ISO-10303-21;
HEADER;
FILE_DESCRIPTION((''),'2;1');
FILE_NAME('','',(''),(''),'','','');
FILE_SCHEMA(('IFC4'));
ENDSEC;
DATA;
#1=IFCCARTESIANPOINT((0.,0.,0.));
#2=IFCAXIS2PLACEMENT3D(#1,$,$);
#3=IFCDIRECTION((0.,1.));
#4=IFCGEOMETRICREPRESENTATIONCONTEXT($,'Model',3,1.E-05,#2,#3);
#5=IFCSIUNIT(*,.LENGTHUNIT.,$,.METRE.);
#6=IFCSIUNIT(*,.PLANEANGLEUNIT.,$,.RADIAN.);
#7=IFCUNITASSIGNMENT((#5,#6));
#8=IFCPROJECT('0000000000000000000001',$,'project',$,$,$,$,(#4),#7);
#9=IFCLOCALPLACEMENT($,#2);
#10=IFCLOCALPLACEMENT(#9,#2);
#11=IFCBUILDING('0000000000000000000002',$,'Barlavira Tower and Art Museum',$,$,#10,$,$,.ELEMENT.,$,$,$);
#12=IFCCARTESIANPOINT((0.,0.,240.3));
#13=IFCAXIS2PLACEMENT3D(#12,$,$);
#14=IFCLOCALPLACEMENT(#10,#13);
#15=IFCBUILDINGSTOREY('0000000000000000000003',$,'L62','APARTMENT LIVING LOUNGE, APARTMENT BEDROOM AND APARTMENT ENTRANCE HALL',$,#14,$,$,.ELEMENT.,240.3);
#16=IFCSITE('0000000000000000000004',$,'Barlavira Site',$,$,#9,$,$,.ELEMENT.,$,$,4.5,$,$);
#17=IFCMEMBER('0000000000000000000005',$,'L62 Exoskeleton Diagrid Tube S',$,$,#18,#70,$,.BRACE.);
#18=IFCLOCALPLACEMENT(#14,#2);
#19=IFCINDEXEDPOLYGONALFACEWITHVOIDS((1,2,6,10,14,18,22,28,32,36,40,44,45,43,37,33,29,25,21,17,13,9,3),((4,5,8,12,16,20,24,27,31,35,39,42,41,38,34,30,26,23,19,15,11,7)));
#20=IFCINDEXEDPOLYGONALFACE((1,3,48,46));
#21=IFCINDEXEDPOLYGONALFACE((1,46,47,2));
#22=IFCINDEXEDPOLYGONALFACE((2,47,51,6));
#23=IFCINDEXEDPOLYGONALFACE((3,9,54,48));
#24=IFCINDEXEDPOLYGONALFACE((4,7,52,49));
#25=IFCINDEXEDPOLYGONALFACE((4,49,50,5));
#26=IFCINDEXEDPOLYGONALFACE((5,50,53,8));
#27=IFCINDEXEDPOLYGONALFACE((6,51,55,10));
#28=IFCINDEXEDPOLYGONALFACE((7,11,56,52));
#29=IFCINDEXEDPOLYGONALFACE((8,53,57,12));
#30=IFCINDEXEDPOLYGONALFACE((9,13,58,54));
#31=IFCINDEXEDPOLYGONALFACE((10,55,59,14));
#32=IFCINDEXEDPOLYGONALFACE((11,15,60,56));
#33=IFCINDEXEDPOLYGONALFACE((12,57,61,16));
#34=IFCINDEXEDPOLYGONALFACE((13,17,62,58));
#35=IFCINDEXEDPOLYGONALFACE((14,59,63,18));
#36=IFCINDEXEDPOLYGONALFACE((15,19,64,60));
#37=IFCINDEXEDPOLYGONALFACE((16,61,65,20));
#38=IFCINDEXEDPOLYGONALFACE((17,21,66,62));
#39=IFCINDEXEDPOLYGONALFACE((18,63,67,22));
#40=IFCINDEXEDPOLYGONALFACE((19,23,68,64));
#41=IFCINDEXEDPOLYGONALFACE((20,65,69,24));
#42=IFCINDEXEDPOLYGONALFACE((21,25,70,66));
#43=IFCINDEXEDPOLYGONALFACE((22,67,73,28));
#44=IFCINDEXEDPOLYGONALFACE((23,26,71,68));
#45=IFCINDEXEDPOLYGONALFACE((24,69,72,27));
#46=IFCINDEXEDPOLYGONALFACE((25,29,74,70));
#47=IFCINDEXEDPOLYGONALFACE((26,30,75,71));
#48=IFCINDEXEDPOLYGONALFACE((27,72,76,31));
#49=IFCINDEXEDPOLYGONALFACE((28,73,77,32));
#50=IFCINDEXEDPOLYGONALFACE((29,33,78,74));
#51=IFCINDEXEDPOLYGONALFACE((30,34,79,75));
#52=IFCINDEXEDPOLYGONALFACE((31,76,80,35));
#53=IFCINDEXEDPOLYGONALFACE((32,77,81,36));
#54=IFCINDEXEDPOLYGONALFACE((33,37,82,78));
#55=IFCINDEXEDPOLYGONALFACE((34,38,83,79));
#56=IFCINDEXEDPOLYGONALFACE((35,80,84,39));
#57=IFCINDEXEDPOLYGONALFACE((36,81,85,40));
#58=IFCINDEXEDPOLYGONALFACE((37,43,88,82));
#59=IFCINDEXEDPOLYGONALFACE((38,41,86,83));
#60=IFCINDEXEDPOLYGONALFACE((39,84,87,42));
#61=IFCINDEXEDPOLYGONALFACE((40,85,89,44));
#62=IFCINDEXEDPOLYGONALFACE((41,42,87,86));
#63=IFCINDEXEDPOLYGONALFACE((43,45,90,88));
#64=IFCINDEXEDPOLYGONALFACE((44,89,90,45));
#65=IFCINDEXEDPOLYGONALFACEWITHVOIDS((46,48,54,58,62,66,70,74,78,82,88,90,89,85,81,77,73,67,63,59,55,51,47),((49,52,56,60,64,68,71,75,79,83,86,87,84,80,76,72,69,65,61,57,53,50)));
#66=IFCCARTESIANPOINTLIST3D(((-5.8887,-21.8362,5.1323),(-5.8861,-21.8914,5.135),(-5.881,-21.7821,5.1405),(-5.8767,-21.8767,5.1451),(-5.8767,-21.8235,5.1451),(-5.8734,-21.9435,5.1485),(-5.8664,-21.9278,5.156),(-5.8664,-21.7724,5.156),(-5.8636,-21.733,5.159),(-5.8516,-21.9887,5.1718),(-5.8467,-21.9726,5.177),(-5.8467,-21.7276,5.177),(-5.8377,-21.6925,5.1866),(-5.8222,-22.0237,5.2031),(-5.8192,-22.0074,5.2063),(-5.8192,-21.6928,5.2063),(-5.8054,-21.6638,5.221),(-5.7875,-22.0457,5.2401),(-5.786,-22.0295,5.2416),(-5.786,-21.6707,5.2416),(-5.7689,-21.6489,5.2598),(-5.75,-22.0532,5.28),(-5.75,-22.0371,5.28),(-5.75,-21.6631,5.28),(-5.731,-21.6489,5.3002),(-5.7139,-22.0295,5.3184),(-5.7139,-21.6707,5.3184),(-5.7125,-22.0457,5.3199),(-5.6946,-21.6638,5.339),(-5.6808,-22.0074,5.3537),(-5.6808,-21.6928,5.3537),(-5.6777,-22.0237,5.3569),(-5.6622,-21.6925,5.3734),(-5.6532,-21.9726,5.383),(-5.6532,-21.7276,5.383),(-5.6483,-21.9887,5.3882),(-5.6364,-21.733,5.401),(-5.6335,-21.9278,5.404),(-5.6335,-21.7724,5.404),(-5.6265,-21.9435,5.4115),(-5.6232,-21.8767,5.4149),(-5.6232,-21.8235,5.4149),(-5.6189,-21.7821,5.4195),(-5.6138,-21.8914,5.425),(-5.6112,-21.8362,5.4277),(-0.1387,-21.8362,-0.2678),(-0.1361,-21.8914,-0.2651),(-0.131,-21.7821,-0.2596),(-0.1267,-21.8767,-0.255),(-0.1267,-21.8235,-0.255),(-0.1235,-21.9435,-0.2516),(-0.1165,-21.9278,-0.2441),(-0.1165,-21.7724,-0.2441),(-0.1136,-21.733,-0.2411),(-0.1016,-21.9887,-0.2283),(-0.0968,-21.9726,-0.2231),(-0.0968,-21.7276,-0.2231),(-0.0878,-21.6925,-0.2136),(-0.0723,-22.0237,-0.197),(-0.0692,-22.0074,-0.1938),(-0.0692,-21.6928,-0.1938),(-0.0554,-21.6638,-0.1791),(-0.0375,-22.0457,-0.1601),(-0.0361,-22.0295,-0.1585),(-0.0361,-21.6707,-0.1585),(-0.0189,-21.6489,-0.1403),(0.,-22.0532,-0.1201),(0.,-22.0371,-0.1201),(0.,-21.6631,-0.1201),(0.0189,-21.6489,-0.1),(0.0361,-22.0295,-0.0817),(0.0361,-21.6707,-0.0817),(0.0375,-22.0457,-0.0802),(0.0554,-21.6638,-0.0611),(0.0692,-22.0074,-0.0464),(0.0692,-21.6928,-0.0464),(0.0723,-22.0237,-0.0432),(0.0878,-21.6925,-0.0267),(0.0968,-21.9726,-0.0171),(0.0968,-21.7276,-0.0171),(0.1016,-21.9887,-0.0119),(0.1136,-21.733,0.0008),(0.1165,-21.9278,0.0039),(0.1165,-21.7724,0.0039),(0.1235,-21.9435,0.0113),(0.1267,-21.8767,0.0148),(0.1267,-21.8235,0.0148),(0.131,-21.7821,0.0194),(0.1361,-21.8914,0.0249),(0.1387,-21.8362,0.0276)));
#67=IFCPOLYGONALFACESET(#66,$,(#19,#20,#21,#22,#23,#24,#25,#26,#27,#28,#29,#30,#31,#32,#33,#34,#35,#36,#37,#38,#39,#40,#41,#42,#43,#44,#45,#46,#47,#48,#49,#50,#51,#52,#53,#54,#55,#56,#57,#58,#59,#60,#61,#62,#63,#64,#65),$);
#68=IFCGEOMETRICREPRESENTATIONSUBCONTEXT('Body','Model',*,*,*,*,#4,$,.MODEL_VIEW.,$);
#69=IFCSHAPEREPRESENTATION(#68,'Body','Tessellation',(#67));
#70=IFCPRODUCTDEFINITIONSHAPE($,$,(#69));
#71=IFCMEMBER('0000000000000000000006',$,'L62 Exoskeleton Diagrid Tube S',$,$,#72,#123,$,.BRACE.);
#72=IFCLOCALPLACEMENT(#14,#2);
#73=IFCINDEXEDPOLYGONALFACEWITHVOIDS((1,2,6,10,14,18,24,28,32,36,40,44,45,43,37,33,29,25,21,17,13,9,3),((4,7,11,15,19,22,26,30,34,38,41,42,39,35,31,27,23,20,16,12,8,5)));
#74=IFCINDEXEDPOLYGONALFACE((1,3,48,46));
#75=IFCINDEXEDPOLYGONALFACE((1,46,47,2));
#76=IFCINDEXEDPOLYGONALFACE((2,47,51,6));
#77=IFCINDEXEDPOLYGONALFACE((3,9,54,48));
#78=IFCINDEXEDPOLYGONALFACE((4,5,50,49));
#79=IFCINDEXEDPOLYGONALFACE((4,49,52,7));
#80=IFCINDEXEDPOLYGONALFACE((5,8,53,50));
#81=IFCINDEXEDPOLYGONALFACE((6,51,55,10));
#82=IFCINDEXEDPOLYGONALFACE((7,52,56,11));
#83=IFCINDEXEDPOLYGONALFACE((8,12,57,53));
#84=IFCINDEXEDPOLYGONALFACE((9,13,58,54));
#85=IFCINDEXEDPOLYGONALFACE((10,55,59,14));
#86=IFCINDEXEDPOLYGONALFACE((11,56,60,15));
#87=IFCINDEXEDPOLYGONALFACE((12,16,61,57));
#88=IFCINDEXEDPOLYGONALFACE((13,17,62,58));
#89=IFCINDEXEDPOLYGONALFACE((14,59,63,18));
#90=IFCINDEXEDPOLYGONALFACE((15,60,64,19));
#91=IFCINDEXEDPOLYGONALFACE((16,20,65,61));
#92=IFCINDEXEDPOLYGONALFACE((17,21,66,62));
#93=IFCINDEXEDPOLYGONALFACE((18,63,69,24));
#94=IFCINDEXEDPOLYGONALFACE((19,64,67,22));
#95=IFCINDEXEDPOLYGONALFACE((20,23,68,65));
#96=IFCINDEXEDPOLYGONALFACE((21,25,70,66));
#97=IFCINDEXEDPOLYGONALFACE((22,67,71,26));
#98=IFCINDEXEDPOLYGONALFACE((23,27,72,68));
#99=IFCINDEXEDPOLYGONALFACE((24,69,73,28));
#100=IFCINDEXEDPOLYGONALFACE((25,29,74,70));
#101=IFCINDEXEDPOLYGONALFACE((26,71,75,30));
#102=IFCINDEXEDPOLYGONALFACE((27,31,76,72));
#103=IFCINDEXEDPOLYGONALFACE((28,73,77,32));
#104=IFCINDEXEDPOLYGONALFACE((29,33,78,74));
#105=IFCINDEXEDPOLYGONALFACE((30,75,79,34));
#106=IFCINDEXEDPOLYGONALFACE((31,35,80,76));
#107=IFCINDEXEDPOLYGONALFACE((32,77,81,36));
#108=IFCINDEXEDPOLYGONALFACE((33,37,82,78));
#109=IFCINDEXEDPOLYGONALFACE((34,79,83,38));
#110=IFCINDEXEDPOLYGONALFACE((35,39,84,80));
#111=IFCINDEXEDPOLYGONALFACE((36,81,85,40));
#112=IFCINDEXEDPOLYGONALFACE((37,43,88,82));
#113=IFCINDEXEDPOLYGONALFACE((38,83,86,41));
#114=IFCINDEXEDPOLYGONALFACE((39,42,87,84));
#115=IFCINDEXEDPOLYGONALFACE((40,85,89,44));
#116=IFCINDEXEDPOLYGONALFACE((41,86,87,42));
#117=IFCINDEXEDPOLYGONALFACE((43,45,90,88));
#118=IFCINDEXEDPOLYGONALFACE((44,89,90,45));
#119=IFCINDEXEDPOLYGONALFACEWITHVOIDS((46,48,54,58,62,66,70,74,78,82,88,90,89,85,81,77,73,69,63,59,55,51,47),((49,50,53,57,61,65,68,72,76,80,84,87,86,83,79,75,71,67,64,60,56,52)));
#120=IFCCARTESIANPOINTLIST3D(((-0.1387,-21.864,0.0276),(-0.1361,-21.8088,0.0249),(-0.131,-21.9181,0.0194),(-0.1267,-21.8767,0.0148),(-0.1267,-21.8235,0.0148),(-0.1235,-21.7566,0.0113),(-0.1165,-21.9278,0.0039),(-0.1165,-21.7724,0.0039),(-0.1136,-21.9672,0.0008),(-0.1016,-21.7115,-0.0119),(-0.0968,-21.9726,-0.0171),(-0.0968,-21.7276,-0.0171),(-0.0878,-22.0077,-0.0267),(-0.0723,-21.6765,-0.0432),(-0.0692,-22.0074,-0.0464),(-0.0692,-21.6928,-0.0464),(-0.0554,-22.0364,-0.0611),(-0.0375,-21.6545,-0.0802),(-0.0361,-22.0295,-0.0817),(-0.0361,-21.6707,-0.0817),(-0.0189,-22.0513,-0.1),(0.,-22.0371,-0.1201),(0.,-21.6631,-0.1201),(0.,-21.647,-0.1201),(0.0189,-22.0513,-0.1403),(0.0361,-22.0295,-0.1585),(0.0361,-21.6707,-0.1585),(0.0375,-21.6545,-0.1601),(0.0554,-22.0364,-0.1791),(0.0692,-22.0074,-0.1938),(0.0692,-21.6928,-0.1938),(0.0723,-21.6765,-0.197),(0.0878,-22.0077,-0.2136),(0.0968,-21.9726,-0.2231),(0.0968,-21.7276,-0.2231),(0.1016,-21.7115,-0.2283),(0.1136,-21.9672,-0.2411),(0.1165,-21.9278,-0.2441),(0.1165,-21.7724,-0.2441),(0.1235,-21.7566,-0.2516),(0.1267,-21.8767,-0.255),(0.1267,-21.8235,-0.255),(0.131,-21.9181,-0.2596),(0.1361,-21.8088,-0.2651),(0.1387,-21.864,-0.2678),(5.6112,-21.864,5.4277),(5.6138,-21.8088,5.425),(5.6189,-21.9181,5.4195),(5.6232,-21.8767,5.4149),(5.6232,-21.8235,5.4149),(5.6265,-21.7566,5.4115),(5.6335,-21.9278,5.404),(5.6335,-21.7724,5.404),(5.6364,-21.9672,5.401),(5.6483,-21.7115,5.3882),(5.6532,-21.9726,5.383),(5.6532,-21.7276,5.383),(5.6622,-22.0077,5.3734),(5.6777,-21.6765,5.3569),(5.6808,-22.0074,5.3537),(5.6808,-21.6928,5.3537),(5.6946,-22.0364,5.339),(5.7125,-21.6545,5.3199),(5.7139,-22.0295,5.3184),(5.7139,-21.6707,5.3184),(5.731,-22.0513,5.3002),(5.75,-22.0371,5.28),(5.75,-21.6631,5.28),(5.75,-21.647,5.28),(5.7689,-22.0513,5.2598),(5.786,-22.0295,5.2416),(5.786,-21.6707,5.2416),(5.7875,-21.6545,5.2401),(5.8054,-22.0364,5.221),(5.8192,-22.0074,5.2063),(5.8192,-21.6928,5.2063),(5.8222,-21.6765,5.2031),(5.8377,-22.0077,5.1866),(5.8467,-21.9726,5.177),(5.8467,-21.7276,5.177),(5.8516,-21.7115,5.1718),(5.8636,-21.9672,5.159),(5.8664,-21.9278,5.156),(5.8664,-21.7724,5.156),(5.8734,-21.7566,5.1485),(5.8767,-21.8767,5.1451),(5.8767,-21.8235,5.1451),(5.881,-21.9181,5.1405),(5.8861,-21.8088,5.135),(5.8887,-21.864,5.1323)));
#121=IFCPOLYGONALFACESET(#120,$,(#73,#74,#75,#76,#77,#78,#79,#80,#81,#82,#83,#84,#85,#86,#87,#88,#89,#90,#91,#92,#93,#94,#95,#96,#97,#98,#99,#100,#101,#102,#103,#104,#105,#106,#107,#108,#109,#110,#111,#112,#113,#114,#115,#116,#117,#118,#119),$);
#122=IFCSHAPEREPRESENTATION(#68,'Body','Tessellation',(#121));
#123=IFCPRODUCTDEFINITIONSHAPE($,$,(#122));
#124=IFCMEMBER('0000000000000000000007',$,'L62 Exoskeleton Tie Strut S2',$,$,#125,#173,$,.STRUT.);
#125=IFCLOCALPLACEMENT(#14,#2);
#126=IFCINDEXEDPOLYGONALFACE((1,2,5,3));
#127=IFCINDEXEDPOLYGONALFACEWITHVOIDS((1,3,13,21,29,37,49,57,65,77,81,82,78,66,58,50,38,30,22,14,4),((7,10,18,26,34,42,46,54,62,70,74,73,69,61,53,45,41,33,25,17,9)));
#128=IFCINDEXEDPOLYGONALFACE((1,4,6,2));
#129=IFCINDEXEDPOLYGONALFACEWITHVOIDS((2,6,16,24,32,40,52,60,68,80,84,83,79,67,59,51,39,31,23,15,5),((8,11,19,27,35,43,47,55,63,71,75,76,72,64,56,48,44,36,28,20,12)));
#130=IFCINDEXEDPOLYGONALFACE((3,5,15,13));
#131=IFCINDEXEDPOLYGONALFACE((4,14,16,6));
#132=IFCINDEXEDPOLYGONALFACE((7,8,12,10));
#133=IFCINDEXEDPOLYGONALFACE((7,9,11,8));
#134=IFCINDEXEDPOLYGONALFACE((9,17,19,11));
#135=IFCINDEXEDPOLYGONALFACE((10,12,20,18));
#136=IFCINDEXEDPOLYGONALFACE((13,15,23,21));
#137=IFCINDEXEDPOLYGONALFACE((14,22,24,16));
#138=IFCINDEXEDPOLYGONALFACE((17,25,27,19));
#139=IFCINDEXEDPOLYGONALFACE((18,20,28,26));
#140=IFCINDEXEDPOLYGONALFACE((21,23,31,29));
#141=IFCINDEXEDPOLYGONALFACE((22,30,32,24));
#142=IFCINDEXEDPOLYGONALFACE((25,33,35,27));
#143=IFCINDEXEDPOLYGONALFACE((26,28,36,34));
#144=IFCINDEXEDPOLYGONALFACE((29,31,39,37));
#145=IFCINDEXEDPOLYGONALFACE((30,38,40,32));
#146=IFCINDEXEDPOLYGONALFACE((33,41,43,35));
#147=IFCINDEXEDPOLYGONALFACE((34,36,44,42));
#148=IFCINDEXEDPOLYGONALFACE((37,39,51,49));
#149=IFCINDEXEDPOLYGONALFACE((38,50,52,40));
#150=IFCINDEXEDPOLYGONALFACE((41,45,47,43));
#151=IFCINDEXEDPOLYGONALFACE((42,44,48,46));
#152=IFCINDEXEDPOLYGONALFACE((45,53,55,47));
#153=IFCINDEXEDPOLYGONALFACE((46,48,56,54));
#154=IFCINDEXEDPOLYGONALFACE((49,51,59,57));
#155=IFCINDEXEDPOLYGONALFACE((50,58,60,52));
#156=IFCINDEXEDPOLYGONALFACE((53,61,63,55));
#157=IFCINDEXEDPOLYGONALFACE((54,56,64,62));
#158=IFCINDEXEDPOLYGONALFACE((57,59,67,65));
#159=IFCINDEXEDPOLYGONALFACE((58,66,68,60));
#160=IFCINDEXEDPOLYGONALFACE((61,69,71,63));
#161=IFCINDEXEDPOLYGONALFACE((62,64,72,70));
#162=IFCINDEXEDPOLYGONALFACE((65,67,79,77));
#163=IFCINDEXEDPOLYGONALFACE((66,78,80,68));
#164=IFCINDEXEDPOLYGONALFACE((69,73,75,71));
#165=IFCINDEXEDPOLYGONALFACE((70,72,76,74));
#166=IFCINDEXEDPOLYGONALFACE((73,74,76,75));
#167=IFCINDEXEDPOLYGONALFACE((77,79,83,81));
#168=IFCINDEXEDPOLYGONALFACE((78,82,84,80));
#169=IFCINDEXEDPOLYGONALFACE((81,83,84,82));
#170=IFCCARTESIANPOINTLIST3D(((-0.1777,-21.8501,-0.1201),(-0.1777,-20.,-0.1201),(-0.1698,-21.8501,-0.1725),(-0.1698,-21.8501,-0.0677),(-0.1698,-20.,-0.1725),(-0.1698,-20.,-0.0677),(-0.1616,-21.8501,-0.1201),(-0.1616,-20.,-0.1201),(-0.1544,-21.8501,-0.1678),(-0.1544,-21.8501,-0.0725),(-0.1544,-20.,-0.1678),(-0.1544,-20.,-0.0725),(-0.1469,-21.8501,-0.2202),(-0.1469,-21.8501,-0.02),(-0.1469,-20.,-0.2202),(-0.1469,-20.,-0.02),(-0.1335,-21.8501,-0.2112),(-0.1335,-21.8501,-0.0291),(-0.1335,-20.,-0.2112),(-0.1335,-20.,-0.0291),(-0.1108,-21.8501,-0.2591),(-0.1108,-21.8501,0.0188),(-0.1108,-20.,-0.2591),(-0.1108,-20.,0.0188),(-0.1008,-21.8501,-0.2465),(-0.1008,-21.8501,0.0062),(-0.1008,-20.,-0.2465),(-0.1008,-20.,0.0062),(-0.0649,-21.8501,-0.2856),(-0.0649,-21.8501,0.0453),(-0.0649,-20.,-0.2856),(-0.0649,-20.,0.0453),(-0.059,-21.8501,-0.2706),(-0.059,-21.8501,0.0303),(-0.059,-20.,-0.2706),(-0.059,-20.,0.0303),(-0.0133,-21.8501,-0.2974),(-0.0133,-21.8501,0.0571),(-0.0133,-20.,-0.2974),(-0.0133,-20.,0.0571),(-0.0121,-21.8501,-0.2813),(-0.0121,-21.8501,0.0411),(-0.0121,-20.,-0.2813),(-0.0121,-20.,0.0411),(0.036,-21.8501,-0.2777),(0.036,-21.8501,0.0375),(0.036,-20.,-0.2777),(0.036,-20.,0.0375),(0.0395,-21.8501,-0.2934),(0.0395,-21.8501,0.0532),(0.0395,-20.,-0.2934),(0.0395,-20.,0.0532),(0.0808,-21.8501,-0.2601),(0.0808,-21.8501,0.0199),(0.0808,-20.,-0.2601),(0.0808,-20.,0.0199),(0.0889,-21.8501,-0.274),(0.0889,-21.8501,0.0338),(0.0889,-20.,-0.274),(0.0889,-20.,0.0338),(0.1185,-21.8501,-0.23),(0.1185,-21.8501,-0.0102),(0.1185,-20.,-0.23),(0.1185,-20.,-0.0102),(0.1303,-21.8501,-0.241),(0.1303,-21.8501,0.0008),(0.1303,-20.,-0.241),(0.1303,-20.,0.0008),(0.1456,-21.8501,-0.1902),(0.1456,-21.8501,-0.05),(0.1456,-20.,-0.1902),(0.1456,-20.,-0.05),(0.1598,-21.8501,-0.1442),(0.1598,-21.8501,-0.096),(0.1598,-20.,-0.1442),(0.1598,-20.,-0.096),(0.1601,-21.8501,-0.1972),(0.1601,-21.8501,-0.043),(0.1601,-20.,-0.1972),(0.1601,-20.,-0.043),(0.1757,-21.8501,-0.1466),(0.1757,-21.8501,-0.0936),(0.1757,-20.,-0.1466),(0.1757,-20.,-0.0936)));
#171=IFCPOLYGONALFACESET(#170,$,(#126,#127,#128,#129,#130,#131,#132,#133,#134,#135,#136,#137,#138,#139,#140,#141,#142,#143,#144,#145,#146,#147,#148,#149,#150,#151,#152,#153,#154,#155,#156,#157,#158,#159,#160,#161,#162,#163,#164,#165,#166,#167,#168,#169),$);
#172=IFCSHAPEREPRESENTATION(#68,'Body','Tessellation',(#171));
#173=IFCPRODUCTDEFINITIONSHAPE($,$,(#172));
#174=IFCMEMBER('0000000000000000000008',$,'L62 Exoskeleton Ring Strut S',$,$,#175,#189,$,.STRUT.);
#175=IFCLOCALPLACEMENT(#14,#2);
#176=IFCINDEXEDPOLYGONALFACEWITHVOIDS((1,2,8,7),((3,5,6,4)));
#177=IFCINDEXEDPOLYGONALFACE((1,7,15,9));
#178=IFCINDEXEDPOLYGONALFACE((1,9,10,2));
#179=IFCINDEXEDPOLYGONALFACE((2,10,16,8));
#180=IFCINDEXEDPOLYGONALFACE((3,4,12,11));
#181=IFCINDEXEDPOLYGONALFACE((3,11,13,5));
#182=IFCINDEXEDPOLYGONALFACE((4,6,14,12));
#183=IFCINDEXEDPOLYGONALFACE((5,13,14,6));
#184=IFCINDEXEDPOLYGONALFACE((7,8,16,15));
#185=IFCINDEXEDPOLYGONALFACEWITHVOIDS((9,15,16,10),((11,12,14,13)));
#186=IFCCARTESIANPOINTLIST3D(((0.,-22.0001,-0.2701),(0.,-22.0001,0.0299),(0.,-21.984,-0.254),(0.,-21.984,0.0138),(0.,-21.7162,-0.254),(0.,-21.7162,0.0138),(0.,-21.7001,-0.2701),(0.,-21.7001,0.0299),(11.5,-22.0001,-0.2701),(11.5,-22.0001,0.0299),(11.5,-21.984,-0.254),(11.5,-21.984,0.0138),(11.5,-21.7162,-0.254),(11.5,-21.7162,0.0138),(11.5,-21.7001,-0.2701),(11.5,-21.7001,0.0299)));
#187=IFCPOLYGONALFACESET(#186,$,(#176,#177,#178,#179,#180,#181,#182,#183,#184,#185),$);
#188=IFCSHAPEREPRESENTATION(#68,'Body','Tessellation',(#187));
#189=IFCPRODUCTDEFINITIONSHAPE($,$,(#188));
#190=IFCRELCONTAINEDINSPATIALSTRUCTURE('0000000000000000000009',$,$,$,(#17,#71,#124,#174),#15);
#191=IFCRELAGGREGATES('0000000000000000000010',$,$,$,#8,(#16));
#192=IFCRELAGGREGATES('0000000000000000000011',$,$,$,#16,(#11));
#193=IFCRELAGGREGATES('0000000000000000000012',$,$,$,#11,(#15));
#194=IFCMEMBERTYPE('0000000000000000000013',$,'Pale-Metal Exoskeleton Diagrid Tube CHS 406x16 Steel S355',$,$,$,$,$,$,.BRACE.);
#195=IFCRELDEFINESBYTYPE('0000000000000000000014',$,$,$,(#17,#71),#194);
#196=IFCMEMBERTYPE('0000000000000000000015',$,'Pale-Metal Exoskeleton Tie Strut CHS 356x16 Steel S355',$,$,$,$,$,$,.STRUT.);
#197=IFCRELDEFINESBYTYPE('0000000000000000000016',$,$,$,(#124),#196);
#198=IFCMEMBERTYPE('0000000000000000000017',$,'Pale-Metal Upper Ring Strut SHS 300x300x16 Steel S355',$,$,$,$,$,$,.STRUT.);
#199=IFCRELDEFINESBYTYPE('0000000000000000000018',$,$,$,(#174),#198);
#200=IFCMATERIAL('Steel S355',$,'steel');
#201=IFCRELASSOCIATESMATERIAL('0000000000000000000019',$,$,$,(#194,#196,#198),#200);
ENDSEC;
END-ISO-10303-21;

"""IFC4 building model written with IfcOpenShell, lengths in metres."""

from ifc_helpers import new_model, si_unit, direction, frame, origin, origin_2d, place, context, subcontext, project, spatial, hollow_rectangle, hollow_circle, extrude, material, material_profile, profile_set, type_object, element, save


model = new_model("IFC4")

# Units and contexts
model_context = context("Model", 3, precision=1e-05, world=origin(), true_north=direction((0.0, 1.0)))
body_context = subcontext(model_context, "Body", "Model", "MODEL_VIEW")
ifc_project = project(units=[si_unit("LENGTHUNIT", "METRE"), si_unit("PLANEANGLEUNIT", "RADIAN")], contexts=[model_context])

# Site, building, storey
site_placement = place(None, origin())
site = spatial("IfcSite", under=ifc_project, at=site_placement, Name="Barlavira Site", CompositionType="ELEMENT", RefElevation=4.5)
building_placement = place(site_placement, origin())
building = spatial("IfcBuilding", under=site, at=building_placement, Name="Barlavira Tower and Art Museum", CompositionType="ELEMENT")
storey_placement = place(building_placement, frame((0.0, 0.0, 240.3)))
storey = spatial("IfcBuildingStorey", under=building, at=storey_placement, Name="L62", Description="APARTMENT LIVING LOUNGE, APARTMENT BEDROOM AND APARTMENT ENTRANCE HALL", CompositionType="ELEMENT", Elevation=240.3)

# Members
ifc_material_1 = material(Name="Steel S355", Category="steel")
ifc_material_profile_1 = material_profile(ifc_material_1, hollow_circle(Radius=0.2031, WallThickness=0.0161, at=origin_2d()), Name="CHS 406.4x16.0")
ifc_profile_set_1 = profile_set([ifc_material_profile_1], Name="Steel S355")
member_type_1 = type_object("IfcMemberType", Name="Pale-Metal Exoskeleton Diagrid Tube CHS 406x16 Steel S355", PredefinedType="BRACE", material=ifc_profile_set_1)
for number, where, z_axis, x_axis, name in (
    (1, (0.0, -21.8501, -0.1201), (-0.728935, 0.0, 0.684583), (0.0, -1.0, 0.0), "L62 Exoskeleton Diagrid Tube S"),
    (2, (0.0, -21.8501, -0.1201), (0.728935, 0.0, 0.684583), (0.0, 1.0, 0.0), "L62 Exoskeleton Diagrid Tube S"),
):
    element("IfcMember", number, at=place(storey_placement, frame(where, z_axis=z_axis, x_axis=x_axis)), inside=storey, type_object=member_type_1, Name=name, PredefinedType="BRACE", context=body_context, shape_type="SweptSolid", body=[
        extrude(hollow_circle(Radius=0.2031, WallThickness=0.0161, at=origin_2d()), origin(), (0.0, 0.0, 1.0), 7.8882),
    ])
ifc_material_profile_2 = material_profile(ifc_material_1, hollow_circle(Radius=0.1777, WallThickness=0.0161, at=origin_2d()), Name="CHS 355.6x16.0")
ifc_profile_set_2 = profile_set([ifc_material_profile_2], Name="Steel S355")
member_type_2 = type_object("IfcMemberType", Name="Pale-Metal Exoskeleton Tie Strut CHS 356x16 Steel S355", PredefinedType="STRUT", material=ifc_profile_set_2)
member_1_placement = place(storey_placement, frame((0.0, -21.8501, -0.1201), z_axis=(0.0, 1.0, 0.0), x_axis=(-1.0, 0.0, 0.0)))
element("IfcMember", 3, at=member_1_placement, inside=storey, type_object=member_type_2, Name="L62 Exoskeleton Tie Strut S2", PredefinedType="STRUT", context=body_context, shape_type="SweptSolid", body=[
    extrude(hollow_circle(Radius=0.1777, WallThickness=0.0161, at=origin_2d()), origin(), (0.0, 0.0, 1.0), 1.8501),
])
ifc_material_profile_3 = material_profile(ifc_material_1, hollow_rectangle(XDim=0.3, YDim=0.3, WallThickness=0.0161, at=origin_2d()), Name="SHS 300x300x16.0")
ifc_profile_set_3 = profile_set([ifc_material_profile_3], Name="Steel S355")
member_type_3 = type_object("IfcMemberType", Name="Pale-Metal Upper Ring Strut SHS 300x300x16 Steel S355", PredefinedType="STRUT", material=ifc_profile_set_3)
member_2_placement = place(storey_placement, frame((0.0, -21.8501, -0.1201), z_axis=(1.0, 0.0, 0.0), x_axis=(0.0, 1.0, 0.0)))
element("IfcMember", 4, at=member_2_placement, inside=storey, type_object=member_type_3, Name="L62 Exoskeleton Ring Strut S", PredefinedType="STRUT", context=body_context, shape_type="SweptSolid", body=[
    extrude(hollow_rectangle(XDim=0.3, YDim=0.3, WallThickness=0.0161, at=origin_2d()), origin(), (0.0, 0.0, 1.0), 11.5),
])

save(model, "model.ifc")
